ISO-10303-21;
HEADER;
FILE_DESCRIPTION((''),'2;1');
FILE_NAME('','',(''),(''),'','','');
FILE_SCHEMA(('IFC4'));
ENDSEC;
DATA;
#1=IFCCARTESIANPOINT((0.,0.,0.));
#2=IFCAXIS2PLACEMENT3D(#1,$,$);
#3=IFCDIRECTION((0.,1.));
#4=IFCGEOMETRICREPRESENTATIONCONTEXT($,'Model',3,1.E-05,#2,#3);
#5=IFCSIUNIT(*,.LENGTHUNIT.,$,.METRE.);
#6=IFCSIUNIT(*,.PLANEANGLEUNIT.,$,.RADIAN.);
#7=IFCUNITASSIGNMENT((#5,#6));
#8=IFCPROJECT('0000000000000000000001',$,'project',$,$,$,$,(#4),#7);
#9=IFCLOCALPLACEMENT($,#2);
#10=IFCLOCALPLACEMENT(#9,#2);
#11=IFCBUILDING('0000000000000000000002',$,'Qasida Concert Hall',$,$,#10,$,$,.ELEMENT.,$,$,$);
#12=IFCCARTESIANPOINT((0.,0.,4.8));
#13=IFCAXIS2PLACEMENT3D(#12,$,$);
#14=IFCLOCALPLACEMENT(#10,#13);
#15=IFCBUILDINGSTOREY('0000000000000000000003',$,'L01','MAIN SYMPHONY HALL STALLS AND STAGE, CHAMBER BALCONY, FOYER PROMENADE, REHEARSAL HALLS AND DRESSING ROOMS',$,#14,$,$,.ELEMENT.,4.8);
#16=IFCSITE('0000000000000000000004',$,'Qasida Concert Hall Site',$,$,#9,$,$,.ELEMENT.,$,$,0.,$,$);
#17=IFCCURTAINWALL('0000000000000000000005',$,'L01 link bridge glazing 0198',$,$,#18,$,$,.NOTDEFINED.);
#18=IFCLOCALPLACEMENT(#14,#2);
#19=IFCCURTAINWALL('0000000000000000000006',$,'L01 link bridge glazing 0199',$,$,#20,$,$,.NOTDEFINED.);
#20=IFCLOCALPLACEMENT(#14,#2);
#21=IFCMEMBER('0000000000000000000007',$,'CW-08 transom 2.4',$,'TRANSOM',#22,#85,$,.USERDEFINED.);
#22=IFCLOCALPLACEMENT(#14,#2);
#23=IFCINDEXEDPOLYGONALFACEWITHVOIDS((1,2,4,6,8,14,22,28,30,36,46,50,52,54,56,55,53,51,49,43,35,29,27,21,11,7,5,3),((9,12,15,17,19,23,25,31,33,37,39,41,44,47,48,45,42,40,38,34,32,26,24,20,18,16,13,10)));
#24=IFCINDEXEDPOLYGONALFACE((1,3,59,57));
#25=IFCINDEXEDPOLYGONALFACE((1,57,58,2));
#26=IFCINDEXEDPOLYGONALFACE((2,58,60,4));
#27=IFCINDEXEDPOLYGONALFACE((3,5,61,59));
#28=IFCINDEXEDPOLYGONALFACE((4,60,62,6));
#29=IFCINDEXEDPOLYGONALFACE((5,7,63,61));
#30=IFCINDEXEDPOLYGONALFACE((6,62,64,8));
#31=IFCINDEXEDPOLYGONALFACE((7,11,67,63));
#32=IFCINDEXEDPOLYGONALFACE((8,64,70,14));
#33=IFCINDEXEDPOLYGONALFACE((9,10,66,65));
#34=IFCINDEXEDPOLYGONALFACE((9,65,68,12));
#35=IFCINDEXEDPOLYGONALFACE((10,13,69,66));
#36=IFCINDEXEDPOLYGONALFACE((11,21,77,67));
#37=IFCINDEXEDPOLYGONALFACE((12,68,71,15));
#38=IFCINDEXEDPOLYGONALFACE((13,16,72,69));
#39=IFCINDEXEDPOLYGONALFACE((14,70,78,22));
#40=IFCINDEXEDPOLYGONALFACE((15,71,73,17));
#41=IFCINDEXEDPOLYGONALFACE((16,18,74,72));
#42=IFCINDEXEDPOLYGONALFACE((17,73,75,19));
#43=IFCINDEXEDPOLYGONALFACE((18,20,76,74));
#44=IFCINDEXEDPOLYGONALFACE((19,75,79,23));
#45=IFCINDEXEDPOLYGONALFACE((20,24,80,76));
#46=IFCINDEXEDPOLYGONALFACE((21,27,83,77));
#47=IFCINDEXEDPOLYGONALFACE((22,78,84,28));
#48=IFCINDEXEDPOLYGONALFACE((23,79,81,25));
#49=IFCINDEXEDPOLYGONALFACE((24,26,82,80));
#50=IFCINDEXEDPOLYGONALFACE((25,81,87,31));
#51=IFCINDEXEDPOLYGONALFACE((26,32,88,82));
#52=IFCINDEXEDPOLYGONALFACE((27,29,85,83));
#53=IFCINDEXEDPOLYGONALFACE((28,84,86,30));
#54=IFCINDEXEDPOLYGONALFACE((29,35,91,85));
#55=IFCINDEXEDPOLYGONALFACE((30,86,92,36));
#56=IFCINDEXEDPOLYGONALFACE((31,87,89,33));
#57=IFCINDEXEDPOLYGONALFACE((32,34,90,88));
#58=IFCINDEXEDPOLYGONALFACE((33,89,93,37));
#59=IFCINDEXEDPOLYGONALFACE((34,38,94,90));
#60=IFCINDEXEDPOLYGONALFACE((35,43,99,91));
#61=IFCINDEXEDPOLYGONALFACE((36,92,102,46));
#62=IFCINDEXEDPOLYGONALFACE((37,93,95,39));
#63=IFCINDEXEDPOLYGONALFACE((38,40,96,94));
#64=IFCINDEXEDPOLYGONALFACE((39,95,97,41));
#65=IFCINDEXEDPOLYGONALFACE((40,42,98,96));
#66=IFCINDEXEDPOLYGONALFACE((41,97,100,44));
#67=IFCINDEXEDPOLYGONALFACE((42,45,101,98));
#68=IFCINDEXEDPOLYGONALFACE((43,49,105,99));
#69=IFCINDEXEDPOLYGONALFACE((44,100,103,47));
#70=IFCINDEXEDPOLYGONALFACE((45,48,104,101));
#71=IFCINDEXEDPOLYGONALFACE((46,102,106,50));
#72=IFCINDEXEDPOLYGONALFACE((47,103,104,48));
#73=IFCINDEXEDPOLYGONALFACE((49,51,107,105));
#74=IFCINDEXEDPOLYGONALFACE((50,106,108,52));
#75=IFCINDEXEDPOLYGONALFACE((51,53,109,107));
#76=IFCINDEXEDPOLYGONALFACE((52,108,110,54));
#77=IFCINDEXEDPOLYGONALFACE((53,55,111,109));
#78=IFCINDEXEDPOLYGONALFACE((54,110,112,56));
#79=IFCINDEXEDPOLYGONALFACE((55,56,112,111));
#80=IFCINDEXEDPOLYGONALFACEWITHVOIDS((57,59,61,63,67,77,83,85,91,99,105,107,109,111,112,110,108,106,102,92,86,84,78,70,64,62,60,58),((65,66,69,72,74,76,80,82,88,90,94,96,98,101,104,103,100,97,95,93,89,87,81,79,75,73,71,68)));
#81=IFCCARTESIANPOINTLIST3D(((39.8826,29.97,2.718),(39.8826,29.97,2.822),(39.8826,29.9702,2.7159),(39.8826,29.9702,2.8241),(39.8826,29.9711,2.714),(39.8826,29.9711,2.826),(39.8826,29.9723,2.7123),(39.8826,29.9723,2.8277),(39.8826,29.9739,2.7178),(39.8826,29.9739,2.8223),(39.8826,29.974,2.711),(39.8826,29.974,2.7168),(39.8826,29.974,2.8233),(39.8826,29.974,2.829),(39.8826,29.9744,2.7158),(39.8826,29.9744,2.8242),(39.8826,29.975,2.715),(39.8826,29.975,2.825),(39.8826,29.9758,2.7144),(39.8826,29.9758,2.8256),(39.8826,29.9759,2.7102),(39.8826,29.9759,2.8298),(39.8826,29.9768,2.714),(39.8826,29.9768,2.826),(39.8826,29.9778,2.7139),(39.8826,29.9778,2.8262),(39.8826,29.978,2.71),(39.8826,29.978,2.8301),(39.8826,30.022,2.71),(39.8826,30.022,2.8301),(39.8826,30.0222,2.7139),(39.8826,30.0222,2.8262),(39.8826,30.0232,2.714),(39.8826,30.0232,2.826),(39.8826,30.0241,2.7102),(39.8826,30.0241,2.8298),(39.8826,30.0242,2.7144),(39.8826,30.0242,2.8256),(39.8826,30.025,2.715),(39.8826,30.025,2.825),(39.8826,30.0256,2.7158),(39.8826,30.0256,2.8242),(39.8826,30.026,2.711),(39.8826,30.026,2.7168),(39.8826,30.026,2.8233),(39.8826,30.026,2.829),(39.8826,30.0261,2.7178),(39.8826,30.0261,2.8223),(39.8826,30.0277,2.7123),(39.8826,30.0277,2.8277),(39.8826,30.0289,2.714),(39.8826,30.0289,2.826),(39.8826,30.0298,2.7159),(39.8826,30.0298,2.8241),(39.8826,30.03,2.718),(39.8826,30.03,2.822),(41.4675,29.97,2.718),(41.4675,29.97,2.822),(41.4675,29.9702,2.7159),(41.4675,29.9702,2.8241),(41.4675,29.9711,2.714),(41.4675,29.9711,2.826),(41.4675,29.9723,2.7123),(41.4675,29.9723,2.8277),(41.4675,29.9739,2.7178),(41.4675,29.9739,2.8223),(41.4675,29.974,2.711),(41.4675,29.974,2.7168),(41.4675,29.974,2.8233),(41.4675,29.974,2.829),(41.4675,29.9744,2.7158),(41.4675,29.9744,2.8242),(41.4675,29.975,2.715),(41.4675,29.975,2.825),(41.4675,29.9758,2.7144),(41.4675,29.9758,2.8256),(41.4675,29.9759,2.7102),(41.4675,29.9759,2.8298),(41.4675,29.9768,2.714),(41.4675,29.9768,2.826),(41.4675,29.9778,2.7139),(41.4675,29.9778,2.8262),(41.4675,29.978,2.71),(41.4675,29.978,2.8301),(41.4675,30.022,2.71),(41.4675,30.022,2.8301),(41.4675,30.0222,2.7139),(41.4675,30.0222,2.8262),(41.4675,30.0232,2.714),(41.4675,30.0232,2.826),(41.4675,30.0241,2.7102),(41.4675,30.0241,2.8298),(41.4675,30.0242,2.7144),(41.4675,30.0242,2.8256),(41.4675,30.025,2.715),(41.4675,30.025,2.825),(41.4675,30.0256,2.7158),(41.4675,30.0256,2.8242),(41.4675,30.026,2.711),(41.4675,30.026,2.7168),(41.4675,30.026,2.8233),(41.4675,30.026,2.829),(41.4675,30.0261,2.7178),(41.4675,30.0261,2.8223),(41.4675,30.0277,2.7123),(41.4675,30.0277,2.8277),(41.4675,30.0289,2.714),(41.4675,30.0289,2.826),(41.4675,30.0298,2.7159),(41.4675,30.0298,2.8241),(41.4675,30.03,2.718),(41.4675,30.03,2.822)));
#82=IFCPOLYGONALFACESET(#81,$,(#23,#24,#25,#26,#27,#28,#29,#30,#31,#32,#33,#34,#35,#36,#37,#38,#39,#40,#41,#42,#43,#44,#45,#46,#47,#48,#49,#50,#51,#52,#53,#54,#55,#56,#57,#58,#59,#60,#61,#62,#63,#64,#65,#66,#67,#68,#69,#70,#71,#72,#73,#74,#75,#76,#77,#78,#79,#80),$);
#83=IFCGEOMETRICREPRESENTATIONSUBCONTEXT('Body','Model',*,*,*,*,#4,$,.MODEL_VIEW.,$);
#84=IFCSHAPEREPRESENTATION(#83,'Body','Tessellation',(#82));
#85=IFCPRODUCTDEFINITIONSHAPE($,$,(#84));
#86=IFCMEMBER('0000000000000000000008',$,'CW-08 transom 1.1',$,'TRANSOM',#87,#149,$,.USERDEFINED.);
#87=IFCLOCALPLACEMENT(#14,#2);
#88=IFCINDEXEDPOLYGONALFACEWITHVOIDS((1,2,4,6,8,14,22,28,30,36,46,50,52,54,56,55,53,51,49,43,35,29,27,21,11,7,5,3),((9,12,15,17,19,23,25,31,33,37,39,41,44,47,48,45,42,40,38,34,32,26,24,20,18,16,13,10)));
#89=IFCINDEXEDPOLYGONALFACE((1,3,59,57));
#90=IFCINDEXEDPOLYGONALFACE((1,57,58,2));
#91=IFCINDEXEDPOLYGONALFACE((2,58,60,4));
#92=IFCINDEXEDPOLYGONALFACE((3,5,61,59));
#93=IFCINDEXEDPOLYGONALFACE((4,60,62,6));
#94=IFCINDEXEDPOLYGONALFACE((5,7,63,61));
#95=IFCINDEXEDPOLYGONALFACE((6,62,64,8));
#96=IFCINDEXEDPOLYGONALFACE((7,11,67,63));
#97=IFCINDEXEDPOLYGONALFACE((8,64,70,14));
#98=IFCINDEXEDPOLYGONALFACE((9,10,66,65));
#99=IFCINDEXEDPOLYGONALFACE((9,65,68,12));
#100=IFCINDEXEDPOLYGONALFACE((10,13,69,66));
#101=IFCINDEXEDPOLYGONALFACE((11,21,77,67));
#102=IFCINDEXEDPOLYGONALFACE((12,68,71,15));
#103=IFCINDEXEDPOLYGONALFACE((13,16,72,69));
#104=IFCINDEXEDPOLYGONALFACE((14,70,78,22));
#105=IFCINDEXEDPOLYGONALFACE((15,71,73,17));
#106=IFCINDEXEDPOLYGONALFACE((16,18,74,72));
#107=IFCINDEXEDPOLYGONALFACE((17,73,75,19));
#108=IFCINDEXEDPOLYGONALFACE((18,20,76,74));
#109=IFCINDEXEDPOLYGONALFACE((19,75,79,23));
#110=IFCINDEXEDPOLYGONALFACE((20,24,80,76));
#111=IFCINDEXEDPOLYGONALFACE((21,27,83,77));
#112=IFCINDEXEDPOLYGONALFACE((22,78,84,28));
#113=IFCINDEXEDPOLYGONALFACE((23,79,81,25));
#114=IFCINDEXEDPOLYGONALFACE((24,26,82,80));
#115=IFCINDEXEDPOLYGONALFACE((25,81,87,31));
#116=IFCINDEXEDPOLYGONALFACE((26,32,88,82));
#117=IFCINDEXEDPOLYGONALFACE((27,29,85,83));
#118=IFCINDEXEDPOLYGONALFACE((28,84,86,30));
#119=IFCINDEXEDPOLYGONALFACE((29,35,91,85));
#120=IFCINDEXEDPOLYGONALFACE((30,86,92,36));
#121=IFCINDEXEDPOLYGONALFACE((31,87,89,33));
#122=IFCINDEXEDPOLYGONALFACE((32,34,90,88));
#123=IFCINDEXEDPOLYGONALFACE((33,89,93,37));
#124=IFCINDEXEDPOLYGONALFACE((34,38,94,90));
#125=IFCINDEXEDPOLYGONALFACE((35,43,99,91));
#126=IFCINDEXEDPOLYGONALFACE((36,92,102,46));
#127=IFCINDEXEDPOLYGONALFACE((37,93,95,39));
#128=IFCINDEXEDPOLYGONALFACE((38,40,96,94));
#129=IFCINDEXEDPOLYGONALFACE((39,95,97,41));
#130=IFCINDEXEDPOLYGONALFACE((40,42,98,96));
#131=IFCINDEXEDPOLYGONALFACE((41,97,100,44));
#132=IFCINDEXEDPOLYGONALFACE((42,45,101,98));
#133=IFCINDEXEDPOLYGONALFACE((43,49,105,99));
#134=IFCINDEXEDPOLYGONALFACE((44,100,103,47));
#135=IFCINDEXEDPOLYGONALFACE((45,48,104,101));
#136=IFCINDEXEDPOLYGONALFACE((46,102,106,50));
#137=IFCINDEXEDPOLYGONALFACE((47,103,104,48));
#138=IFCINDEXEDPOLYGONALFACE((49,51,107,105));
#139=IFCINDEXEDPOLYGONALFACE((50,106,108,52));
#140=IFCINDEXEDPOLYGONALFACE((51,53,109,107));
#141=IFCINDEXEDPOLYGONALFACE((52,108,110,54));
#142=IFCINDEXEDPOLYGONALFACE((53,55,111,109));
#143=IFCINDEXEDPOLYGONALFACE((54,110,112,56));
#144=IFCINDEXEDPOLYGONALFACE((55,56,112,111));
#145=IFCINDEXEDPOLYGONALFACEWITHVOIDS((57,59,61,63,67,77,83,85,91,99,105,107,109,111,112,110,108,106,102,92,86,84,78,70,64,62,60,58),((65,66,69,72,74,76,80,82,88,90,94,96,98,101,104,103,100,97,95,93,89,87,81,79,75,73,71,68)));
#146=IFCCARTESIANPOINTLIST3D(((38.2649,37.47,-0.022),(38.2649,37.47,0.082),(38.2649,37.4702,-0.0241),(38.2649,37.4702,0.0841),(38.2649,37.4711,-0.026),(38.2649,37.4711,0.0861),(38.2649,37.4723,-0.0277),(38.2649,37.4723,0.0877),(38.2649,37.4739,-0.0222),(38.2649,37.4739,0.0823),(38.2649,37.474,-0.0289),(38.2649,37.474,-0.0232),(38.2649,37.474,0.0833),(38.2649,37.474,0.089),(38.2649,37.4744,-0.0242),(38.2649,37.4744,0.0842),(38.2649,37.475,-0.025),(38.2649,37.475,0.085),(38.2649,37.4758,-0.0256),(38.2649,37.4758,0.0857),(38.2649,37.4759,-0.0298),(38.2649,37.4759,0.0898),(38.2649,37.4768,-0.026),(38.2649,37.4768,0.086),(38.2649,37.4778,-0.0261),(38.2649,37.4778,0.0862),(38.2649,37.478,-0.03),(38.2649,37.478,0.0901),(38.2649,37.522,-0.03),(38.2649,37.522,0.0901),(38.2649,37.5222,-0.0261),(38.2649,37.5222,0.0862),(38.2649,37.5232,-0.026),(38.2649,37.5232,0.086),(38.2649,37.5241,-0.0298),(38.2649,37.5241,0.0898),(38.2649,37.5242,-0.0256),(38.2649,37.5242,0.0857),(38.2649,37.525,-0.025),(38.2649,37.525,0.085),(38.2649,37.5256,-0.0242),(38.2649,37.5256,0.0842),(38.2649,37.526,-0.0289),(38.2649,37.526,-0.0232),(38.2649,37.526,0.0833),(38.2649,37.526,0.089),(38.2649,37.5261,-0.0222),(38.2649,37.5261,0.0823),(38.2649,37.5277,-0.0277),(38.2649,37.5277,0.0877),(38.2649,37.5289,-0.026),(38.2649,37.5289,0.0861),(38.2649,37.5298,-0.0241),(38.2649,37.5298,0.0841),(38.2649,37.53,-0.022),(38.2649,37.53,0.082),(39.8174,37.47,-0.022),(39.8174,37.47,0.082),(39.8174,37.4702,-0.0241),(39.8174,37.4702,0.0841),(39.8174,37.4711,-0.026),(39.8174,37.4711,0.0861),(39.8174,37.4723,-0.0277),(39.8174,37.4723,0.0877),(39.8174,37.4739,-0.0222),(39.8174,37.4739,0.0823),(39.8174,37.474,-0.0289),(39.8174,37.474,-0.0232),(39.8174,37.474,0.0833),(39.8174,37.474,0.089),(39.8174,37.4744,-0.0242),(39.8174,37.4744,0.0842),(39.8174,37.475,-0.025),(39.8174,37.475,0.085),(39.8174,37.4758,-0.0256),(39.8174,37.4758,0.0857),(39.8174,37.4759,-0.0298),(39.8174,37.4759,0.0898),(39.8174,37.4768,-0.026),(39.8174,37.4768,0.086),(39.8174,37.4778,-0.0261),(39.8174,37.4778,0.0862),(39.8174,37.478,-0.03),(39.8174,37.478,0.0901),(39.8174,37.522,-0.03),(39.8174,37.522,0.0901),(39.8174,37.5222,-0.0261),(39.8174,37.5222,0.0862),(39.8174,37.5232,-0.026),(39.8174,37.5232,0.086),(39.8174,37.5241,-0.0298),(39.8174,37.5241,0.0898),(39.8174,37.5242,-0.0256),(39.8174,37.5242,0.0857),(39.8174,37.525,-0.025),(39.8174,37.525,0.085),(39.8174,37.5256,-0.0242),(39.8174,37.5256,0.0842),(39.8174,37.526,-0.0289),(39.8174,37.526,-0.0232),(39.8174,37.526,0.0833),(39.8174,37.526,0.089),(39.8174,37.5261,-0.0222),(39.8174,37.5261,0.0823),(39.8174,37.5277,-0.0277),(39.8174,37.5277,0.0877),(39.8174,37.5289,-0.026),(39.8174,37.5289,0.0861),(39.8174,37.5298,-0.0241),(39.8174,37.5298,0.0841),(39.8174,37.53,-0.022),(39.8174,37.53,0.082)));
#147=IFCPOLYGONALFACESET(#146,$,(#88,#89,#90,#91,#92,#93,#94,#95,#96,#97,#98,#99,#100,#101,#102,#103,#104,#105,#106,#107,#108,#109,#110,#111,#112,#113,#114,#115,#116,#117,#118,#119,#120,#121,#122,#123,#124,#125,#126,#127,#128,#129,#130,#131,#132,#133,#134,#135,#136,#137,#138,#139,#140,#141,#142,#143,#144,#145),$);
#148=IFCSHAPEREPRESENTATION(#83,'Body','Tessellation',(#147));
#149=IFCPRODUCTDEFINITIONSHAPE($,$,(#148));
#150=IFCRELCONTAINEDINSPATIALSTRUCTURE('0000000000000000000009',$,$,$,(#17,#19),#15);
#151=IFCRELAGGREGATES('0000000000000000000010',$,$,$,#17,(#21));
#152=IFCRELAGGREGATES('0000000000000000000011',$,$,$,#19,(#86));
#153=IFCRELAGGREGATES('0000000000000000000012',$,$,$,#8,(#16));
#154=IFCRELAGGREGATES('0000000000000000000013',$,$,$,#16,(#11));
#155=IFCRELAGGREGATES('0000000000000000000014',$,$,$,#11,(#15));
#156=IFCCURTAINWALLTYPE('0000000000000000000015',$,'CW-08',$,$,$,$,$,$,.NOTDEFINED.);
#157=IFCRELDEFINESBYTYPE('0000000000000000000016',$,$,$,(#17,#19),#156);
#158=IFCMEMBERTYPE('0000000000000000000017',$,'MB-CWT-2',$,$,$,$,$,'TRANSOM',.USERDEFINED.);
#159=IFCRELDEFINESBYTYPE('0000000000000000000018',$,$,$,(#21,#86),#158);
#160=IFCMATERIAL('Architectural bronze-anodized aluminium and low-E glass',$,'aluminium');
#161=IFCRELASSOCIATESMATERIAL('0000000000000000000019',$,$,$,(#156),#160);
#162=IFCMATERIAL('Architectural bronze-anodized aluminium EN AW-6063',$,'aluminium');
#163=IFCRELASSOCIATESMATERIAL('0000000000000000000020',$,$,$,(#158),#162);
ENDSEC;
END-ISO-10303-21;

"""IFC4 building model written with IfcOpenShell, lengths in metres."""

from ifc_helpers import new_model, si_unit, direction, frame, origin, origin_2d, place, context, subcontext, project, spatial, hollow_rectangle, extrude, material, material_profile, profile_set, type_object, element, aggregate, save


model = new_model("IFC4")

# Units and contexts
model_context = context("Model", 3, precision=1e-05, world=origin(), true_north=direction((0.0, 1.0)))
body_context = subcontext(model_context, "Body", "Model", "MODEL_VIEW")
ifc_project = project(units=[si_unit("LENGTHUNIT", "METRE"), si_unit("PLANEANGLEUNIT", "RADIAN")], contexts=[model_context])

# Site, building, storey
site_placement = place(None, origin())
site = spatial("IfcSite", under=ifc_project, at=site_placement, Name="Qasida Concert Hall Site", CompositionType="ELEMENT", RefElevation=0.0)
building_placement = place(site_placement, origin())
building = spatial("IfcBuilding", under=site, at=building_placement, Name="Qasida Concert Hall", CompositionType="ELEMENT")
storey_placement = place(building_placement, frame((0.0, 0.0, 4.8)))
storey = spatial("IfcBuildingStorey", under=building, at=storey_placement, Name="L01", Description="MAIN SYMPHONY HALL STALLS AND STAGE, CHAMBER BALCONY, FOYER PROMENADE, REHEARSAL HALLS AND DRESSING ROOMS", CompositionType="ELEMENT", Elevation=4.8)

# Curtain wall
ifc_material_1 = material(Name="Architectural bronze-anodized aluminium and low-E glass", Category="aluminium")
curtain_wall_type = type_object("IfcCurtainWallType", Name="CW-08", PredefinedType="NOTDEFINED", material=ifc_material_1)
curtain_wall_1_placement = place(storey_placement, origin())
curtain_wall_1 = element("IfcCurtainWall", 1, at=curtain_wall_1_placement, inside=storey, type_object=curtain_wall_type, Name="L01 link bridge glazing 0198", PredefinedType="NOTDEFINED")
ifc_material_2 = material(Name="Architectural bronze-anodized aluminium EN AW-6063", Category="aluminium")

# Curtain wall
curtain_wall_2_placement = place(storey_placement, origin())
curtain_wall_2 = element("IfcCurtainWall", 2, at=curtain_wall_2_placement, inside=storey, type_object=curtain_wall_type, Name="L01 link bridge glazing 0199", PredefinedType="NOTDEFINED")

# Members
ifc_material_profile_1 = material_profile(ifc_material_2, hollow_rectangle(XDim=0.0601, YDim=0.1201, WallThickness=0.0039, InnerFilletRadius=0.0039, OuterFilletRadius=0.0081, at=origin_2d()), Name="CWT 120x60x4")
ifc_profile_set_1 = profile_set([ifc_material_profile_1], Name="Architectural bronze-anodized aluminium EN AW-6063")
member_type_1 = type_object("IfcMemberType", Name="MB-CWT-2", ElementType="TRANSOM", PredefinedType="USERDEFINED", material=ifc_profile_set_1)
member_1_placement = place(storey_placement, frame((39.8826, 30.0, 2.77), z_axis=(1.0, 0.0, 0.0), x_axis=(0.0, 1.0, 0.0)))
member_1 = element("IfcMember", 3, at=member_1_placement, type_object=member_type_1, Name="CW-08 transom 2.4", ObjectType="TRANSOM", PredefinedType="USERDEFINED", context=body_context, shape_type="SweptSolid", body=[
    extrude(hollow_rectangle(XDim=0.0601, YDim=0.1201, WallThickness=0.0039, InnerFilletRadius=0.0039, OuterFilletRadius=0.0081, at=origin_2d()), origin(), (0.0, 0.0, 1.0), 1.585),
])
member_2_placement = place(storey_placement, frame((38.2649, 37.5, 0.03), z_axis=(1.0, 0.0, 0.0), x_axis=(0.0, 1.0, 0.0)))
member_2 = element("IfcMember", 4, at=member_2_placement, type_object=member_type_1, Name="CW-08 transom 1.1", ObjectType="TRANSOM", PredefinedType="USERDEFINED", context=body_context, shape_type="SweptSolid", body=[
    extrude(hollow_rectangle(XDim=0.0601, YDim=0.1201, WallThickness=0.0039, InnerFilletRadius=0.0039, OuterFilletRadius=0.0081, at=origin_2d()), origin(), (0.0, 0.0, 1.0), 1.5525),
])

aggregate(curtain_wall_1, [member_1])
aggregate(curtain_wall_2, [member_2])

save(model, "model.ifc")
